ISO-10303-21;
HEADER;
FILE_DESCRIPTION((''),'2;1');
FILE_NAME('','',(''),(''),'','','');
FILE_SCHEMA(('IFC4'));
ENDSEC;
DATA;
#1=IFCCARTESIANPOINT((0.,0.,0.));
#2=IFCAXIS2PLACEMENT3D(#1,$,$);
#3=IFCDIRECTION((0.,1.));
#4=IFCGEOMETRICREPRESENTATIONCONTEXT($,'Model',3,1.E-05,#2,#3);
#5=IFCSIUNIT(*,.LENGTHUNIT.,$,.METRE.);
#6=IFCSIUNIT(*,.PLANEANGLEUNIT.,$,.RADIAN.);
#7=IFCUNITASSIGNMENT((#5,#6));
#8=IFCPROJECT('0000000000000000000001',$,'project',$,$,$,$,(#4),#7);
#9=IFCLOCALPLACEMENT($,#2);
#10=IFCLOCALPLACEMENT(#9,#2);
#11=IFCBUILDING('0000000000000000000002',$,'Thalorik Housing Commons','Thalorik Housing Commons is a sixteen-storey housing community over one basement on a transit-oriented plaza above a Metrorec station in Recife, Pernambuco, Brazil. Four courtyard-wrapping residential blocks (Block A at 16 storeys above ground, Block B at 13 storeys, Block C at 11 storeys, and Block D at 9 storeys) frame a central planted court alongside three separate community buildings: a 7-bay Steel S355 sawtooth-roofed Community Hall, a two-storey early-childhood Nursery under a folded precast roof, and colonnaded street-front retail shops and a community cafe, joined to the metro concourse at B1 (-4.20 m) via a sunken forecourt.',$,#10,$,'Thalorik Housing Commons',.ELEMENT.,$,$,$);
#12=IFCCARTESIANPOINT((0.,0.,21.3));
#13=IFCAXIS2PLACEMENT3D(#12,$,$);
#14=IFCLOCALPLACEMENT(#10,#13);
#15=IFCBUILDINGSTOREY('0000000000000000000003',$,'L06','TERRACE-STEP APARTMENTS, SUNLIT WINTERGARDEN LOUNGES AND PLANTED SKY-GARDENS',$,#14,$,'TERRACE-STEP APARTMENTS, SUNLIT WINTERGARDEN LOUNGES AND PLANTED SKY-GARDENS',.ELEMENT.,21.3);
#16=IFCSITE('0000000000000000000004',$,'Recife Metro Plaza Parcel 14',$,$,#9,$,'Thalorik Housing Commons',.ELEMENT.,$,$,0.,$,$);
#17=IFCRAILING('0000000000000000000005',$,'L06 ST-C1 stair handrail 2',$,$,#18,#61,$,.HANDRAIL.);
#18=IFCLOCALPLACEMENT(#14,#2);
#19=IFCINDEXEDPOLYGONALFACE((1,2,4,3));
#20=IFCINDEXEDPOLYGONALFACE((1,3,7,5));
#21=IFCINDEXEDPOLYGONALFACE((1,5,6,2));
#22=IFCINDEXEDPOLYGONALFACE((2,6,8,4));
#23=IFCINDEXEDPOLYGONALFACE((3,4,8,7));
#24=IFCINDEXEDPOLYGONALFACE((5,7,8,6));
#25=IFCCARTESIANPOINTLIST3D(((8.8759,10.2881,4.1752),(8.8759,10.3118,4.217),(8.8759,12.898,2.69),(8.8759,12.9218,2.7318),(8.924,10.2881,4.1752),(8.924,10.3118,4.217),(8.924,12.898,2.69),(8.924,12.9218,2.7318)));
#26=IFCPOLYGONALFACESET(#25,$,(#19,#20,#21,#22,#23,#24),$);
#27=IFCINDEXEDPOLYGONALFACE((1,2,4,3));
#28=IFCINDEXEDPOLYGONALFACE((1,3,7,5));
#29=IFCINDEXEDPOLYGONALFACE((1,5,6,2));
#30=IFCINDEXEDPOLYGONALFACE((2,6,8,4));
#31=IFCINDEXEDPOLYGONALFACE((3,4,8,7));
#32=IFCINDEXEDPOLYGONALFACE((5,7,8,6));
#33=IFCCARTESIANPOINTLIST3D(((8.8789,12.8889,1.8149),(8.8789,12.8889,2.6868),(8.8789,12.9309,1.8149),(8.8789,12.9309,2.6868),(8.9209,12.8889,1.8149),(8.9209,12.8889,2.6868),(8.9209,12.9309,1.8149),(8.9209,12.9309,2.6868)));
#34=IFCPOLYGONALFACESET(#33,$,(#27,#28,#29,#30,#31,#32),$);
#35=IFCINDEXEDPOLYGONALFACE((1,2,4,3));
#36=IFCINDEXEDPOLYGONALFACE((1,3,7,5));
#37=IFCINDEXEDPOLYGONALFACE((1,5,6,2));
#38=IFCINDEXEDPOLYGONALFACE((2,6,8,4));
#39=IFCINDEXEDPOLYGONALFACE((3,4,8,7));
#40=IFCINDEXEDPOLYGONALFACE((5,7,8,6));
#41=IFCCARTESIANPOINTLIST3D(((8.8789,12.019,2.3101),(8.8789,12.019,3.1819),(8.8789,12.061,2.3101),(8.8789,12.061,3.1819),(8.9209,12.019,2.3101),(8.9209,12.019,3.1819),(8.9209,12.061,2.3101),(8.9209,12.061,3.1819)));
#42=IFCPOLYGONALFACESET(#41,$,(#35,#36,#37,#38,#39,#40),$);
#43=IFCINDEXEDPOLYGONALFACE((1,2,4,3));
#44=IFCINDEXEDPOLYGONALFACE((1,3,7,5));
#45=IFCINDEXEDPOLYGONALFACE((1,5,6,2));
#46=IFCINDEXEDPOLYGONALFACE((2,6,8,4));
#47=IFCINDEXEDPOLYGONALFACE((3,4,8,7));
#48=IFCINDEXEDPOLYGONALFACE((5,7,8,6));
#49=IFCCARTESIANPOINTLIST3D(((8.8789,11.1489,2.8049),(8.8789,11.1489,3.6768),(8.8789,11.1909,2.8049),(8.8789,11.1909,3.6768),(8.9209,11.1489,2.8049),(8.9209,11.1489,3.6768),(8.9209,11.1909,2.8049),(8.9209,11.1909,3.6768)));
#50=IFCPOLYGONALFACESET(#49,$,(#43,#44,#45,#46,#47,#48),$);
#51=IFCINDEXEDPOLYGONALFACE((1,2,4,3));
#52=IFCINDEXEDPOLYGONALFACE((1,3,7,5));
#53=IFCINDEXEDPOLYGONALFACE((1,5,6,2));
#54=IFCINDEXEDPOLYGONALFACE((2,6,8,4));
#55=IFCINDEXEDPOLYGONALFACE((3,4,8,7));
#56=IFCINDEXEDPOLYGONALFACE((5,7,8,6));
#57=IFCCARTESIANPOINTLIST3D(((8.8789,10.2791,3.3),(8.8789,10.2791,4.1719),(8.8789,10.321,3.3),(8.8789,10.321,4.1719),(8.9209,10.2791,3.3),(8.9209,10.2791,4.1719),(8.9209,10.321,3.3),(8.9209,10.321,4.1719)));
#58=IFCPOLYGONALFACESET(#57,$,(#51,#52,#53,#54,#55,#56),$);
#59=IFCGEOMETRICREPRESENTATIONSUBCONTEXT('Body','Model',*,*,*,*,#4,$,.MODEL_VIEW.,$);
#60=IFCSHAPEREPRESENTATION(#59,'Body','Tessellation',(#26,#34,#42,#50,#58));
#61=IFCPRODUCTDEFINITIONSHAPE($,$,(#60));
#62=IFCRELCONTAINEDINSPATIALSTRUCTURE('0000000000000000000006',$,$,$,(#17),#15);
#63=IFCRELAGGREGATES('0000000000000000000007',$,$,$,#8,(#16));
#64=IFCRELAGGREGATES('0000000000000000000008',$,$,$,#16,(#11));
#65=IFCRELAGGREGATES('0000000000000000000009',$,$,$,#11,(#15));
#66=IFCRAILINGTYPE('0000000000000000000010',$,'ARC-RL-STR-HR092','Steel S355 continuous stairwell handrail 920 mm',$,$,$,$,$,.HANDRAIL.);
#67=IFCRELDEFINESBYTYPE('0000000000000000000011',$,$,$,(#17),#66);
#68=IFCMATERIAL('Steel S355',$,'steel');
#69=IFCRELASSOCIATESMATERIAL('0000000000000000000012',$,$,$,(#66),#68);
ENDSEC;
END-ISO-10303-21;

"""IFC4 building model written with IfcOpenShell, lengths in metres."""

from ifc_helpers import new_model, si_unit, direction, frame, origin, origin_2d, place, context, subcontext, project, spatial, rectangle, extrude, material, type_object, element, save


model = new_model("IFC4")

# Units and contexts
model_context = context("Model", 3, precision=1e-05, world=origin(), true_north=direction((0.0, 1.0)))
body_context = subcontext(model_context, "Body", "Model", "MODEL_VIEW")
ifc_project = project(units=[si_unit("LENGTHUNIT", "METRE"), si_unit("PLANEANGLEUNIT", "RADIAN")], contexts=[model_context])

# Site, building, storey
site_placement = place(None, origin())
site = spatial("IfcSite", under=ifc_project, at=site_placement, Name="Recife Metro Plaza Parcel 14", LongName="Thalorik Housing Commons", CompositionType="ELEMENT", RefElevation=0.0)
building_placement = place(site_placement, origin())
building = spatial("IfcBuilding", under=site, at=building_placement, Name="Thalorik Housing Commons", Description="Thalorik Housing Commons is a sixteen-storey housing community over one basement on a transit-oriented plaza above a Metrorec station in Recife, Pernambuco, Brazil. Four courtyard-wrapping residential blocks (Block A at 16 storeys above ground, Block B at 13 storeys, Block C at 11 storeys, and Block D at 9 storeys) frame a central planted court alongside three separate community buildings: a 7-bay Steel S355 sawtooth-roofed Community Hall, a two-storey early-childhood Nursery under a folded precast roof, and colonnaded street-front retail shops and a community cafe, joined to the metro concourse at B1 (-4.20 m) via a sunken forecourt.", LongName="Thalorik Housing Commons", CompositionType="ELEMENT")
storey_placement = place(building_placement, frame((0.0, 0.0, 21.3)))
storey = spatial("IfcBuildingStorey", under=building, at=storey_placement, Name="L06", Description="TERRACE-STEP APARTMENTS, SUNLIT WINTERGARDEN LOUNGES AND PLANTED SKY-GARDENS", LongName="TERRACE-STEP APARTMENTS, SUNLIT WINTERGARDEN LOUNGES AND PLANTED SKY-GARDENS", CompositionType="ELEMENT", Elevation=21.3)

# Shared definitions
ifc_material_1 = material(Name="Steel S355", Category="steel")

# Railing
railing_type = type_object("IfcRailingType", Name="ARC-RL-STR-HR092", Description="Steel S355 continuous stairwell handrail 920 mm", PredefinedType="HANDRAIL", material=ifc_material_1)
railing_placement = place(storey_placement, frame((8.8999, 12.9099, 1.8149)))
element("IfcRailing", 1, at=railing_placement, inside=storey, type_object=railing_type, Name="L06 ST-C1 stair handrail 2", PredefinedType="HANDRAIL", context=body_context, shape_type="SweptSolid", body=[
    extrude(rectangle(XDim=0.0481, YDim=0.0481, at=origin_2d()), frame((0.0, 0.0, 0.896), z_axis=(0.0, -0.869137, 0.494571), x_axis=(1.0, 0.0, 0.0)), (0.0, 0.0, 1.0), 3.0029),
    extrude(rectangle(XDim=0.042, YDim=0.042, at=origin_2d()), origin(), (0.0, 0.0, 1.0), 0.8718),
    extrude(rectangle(XDim=0.042, YDim=0.042, at=origin_2d()), frame((0.0, -0.8699, 0.4951)), (0.0, 0.0, 1.0), 0.8718),
    extrude(rectangle(XDim=0.042, YDim=0.042, at=origin_2d()), frame((0.0, -1.74, 0.99)), (0.0, 0.0, 1.0), 0.8718),
    extrude(rectangle(XDim=0.042, YDim=0.042, at=origin_2d()), frame((0.0, -2.6099, 1.4851)), (0.0, 0.0, 1.0), 0.8718),
])

save(model, "model.ifc")
